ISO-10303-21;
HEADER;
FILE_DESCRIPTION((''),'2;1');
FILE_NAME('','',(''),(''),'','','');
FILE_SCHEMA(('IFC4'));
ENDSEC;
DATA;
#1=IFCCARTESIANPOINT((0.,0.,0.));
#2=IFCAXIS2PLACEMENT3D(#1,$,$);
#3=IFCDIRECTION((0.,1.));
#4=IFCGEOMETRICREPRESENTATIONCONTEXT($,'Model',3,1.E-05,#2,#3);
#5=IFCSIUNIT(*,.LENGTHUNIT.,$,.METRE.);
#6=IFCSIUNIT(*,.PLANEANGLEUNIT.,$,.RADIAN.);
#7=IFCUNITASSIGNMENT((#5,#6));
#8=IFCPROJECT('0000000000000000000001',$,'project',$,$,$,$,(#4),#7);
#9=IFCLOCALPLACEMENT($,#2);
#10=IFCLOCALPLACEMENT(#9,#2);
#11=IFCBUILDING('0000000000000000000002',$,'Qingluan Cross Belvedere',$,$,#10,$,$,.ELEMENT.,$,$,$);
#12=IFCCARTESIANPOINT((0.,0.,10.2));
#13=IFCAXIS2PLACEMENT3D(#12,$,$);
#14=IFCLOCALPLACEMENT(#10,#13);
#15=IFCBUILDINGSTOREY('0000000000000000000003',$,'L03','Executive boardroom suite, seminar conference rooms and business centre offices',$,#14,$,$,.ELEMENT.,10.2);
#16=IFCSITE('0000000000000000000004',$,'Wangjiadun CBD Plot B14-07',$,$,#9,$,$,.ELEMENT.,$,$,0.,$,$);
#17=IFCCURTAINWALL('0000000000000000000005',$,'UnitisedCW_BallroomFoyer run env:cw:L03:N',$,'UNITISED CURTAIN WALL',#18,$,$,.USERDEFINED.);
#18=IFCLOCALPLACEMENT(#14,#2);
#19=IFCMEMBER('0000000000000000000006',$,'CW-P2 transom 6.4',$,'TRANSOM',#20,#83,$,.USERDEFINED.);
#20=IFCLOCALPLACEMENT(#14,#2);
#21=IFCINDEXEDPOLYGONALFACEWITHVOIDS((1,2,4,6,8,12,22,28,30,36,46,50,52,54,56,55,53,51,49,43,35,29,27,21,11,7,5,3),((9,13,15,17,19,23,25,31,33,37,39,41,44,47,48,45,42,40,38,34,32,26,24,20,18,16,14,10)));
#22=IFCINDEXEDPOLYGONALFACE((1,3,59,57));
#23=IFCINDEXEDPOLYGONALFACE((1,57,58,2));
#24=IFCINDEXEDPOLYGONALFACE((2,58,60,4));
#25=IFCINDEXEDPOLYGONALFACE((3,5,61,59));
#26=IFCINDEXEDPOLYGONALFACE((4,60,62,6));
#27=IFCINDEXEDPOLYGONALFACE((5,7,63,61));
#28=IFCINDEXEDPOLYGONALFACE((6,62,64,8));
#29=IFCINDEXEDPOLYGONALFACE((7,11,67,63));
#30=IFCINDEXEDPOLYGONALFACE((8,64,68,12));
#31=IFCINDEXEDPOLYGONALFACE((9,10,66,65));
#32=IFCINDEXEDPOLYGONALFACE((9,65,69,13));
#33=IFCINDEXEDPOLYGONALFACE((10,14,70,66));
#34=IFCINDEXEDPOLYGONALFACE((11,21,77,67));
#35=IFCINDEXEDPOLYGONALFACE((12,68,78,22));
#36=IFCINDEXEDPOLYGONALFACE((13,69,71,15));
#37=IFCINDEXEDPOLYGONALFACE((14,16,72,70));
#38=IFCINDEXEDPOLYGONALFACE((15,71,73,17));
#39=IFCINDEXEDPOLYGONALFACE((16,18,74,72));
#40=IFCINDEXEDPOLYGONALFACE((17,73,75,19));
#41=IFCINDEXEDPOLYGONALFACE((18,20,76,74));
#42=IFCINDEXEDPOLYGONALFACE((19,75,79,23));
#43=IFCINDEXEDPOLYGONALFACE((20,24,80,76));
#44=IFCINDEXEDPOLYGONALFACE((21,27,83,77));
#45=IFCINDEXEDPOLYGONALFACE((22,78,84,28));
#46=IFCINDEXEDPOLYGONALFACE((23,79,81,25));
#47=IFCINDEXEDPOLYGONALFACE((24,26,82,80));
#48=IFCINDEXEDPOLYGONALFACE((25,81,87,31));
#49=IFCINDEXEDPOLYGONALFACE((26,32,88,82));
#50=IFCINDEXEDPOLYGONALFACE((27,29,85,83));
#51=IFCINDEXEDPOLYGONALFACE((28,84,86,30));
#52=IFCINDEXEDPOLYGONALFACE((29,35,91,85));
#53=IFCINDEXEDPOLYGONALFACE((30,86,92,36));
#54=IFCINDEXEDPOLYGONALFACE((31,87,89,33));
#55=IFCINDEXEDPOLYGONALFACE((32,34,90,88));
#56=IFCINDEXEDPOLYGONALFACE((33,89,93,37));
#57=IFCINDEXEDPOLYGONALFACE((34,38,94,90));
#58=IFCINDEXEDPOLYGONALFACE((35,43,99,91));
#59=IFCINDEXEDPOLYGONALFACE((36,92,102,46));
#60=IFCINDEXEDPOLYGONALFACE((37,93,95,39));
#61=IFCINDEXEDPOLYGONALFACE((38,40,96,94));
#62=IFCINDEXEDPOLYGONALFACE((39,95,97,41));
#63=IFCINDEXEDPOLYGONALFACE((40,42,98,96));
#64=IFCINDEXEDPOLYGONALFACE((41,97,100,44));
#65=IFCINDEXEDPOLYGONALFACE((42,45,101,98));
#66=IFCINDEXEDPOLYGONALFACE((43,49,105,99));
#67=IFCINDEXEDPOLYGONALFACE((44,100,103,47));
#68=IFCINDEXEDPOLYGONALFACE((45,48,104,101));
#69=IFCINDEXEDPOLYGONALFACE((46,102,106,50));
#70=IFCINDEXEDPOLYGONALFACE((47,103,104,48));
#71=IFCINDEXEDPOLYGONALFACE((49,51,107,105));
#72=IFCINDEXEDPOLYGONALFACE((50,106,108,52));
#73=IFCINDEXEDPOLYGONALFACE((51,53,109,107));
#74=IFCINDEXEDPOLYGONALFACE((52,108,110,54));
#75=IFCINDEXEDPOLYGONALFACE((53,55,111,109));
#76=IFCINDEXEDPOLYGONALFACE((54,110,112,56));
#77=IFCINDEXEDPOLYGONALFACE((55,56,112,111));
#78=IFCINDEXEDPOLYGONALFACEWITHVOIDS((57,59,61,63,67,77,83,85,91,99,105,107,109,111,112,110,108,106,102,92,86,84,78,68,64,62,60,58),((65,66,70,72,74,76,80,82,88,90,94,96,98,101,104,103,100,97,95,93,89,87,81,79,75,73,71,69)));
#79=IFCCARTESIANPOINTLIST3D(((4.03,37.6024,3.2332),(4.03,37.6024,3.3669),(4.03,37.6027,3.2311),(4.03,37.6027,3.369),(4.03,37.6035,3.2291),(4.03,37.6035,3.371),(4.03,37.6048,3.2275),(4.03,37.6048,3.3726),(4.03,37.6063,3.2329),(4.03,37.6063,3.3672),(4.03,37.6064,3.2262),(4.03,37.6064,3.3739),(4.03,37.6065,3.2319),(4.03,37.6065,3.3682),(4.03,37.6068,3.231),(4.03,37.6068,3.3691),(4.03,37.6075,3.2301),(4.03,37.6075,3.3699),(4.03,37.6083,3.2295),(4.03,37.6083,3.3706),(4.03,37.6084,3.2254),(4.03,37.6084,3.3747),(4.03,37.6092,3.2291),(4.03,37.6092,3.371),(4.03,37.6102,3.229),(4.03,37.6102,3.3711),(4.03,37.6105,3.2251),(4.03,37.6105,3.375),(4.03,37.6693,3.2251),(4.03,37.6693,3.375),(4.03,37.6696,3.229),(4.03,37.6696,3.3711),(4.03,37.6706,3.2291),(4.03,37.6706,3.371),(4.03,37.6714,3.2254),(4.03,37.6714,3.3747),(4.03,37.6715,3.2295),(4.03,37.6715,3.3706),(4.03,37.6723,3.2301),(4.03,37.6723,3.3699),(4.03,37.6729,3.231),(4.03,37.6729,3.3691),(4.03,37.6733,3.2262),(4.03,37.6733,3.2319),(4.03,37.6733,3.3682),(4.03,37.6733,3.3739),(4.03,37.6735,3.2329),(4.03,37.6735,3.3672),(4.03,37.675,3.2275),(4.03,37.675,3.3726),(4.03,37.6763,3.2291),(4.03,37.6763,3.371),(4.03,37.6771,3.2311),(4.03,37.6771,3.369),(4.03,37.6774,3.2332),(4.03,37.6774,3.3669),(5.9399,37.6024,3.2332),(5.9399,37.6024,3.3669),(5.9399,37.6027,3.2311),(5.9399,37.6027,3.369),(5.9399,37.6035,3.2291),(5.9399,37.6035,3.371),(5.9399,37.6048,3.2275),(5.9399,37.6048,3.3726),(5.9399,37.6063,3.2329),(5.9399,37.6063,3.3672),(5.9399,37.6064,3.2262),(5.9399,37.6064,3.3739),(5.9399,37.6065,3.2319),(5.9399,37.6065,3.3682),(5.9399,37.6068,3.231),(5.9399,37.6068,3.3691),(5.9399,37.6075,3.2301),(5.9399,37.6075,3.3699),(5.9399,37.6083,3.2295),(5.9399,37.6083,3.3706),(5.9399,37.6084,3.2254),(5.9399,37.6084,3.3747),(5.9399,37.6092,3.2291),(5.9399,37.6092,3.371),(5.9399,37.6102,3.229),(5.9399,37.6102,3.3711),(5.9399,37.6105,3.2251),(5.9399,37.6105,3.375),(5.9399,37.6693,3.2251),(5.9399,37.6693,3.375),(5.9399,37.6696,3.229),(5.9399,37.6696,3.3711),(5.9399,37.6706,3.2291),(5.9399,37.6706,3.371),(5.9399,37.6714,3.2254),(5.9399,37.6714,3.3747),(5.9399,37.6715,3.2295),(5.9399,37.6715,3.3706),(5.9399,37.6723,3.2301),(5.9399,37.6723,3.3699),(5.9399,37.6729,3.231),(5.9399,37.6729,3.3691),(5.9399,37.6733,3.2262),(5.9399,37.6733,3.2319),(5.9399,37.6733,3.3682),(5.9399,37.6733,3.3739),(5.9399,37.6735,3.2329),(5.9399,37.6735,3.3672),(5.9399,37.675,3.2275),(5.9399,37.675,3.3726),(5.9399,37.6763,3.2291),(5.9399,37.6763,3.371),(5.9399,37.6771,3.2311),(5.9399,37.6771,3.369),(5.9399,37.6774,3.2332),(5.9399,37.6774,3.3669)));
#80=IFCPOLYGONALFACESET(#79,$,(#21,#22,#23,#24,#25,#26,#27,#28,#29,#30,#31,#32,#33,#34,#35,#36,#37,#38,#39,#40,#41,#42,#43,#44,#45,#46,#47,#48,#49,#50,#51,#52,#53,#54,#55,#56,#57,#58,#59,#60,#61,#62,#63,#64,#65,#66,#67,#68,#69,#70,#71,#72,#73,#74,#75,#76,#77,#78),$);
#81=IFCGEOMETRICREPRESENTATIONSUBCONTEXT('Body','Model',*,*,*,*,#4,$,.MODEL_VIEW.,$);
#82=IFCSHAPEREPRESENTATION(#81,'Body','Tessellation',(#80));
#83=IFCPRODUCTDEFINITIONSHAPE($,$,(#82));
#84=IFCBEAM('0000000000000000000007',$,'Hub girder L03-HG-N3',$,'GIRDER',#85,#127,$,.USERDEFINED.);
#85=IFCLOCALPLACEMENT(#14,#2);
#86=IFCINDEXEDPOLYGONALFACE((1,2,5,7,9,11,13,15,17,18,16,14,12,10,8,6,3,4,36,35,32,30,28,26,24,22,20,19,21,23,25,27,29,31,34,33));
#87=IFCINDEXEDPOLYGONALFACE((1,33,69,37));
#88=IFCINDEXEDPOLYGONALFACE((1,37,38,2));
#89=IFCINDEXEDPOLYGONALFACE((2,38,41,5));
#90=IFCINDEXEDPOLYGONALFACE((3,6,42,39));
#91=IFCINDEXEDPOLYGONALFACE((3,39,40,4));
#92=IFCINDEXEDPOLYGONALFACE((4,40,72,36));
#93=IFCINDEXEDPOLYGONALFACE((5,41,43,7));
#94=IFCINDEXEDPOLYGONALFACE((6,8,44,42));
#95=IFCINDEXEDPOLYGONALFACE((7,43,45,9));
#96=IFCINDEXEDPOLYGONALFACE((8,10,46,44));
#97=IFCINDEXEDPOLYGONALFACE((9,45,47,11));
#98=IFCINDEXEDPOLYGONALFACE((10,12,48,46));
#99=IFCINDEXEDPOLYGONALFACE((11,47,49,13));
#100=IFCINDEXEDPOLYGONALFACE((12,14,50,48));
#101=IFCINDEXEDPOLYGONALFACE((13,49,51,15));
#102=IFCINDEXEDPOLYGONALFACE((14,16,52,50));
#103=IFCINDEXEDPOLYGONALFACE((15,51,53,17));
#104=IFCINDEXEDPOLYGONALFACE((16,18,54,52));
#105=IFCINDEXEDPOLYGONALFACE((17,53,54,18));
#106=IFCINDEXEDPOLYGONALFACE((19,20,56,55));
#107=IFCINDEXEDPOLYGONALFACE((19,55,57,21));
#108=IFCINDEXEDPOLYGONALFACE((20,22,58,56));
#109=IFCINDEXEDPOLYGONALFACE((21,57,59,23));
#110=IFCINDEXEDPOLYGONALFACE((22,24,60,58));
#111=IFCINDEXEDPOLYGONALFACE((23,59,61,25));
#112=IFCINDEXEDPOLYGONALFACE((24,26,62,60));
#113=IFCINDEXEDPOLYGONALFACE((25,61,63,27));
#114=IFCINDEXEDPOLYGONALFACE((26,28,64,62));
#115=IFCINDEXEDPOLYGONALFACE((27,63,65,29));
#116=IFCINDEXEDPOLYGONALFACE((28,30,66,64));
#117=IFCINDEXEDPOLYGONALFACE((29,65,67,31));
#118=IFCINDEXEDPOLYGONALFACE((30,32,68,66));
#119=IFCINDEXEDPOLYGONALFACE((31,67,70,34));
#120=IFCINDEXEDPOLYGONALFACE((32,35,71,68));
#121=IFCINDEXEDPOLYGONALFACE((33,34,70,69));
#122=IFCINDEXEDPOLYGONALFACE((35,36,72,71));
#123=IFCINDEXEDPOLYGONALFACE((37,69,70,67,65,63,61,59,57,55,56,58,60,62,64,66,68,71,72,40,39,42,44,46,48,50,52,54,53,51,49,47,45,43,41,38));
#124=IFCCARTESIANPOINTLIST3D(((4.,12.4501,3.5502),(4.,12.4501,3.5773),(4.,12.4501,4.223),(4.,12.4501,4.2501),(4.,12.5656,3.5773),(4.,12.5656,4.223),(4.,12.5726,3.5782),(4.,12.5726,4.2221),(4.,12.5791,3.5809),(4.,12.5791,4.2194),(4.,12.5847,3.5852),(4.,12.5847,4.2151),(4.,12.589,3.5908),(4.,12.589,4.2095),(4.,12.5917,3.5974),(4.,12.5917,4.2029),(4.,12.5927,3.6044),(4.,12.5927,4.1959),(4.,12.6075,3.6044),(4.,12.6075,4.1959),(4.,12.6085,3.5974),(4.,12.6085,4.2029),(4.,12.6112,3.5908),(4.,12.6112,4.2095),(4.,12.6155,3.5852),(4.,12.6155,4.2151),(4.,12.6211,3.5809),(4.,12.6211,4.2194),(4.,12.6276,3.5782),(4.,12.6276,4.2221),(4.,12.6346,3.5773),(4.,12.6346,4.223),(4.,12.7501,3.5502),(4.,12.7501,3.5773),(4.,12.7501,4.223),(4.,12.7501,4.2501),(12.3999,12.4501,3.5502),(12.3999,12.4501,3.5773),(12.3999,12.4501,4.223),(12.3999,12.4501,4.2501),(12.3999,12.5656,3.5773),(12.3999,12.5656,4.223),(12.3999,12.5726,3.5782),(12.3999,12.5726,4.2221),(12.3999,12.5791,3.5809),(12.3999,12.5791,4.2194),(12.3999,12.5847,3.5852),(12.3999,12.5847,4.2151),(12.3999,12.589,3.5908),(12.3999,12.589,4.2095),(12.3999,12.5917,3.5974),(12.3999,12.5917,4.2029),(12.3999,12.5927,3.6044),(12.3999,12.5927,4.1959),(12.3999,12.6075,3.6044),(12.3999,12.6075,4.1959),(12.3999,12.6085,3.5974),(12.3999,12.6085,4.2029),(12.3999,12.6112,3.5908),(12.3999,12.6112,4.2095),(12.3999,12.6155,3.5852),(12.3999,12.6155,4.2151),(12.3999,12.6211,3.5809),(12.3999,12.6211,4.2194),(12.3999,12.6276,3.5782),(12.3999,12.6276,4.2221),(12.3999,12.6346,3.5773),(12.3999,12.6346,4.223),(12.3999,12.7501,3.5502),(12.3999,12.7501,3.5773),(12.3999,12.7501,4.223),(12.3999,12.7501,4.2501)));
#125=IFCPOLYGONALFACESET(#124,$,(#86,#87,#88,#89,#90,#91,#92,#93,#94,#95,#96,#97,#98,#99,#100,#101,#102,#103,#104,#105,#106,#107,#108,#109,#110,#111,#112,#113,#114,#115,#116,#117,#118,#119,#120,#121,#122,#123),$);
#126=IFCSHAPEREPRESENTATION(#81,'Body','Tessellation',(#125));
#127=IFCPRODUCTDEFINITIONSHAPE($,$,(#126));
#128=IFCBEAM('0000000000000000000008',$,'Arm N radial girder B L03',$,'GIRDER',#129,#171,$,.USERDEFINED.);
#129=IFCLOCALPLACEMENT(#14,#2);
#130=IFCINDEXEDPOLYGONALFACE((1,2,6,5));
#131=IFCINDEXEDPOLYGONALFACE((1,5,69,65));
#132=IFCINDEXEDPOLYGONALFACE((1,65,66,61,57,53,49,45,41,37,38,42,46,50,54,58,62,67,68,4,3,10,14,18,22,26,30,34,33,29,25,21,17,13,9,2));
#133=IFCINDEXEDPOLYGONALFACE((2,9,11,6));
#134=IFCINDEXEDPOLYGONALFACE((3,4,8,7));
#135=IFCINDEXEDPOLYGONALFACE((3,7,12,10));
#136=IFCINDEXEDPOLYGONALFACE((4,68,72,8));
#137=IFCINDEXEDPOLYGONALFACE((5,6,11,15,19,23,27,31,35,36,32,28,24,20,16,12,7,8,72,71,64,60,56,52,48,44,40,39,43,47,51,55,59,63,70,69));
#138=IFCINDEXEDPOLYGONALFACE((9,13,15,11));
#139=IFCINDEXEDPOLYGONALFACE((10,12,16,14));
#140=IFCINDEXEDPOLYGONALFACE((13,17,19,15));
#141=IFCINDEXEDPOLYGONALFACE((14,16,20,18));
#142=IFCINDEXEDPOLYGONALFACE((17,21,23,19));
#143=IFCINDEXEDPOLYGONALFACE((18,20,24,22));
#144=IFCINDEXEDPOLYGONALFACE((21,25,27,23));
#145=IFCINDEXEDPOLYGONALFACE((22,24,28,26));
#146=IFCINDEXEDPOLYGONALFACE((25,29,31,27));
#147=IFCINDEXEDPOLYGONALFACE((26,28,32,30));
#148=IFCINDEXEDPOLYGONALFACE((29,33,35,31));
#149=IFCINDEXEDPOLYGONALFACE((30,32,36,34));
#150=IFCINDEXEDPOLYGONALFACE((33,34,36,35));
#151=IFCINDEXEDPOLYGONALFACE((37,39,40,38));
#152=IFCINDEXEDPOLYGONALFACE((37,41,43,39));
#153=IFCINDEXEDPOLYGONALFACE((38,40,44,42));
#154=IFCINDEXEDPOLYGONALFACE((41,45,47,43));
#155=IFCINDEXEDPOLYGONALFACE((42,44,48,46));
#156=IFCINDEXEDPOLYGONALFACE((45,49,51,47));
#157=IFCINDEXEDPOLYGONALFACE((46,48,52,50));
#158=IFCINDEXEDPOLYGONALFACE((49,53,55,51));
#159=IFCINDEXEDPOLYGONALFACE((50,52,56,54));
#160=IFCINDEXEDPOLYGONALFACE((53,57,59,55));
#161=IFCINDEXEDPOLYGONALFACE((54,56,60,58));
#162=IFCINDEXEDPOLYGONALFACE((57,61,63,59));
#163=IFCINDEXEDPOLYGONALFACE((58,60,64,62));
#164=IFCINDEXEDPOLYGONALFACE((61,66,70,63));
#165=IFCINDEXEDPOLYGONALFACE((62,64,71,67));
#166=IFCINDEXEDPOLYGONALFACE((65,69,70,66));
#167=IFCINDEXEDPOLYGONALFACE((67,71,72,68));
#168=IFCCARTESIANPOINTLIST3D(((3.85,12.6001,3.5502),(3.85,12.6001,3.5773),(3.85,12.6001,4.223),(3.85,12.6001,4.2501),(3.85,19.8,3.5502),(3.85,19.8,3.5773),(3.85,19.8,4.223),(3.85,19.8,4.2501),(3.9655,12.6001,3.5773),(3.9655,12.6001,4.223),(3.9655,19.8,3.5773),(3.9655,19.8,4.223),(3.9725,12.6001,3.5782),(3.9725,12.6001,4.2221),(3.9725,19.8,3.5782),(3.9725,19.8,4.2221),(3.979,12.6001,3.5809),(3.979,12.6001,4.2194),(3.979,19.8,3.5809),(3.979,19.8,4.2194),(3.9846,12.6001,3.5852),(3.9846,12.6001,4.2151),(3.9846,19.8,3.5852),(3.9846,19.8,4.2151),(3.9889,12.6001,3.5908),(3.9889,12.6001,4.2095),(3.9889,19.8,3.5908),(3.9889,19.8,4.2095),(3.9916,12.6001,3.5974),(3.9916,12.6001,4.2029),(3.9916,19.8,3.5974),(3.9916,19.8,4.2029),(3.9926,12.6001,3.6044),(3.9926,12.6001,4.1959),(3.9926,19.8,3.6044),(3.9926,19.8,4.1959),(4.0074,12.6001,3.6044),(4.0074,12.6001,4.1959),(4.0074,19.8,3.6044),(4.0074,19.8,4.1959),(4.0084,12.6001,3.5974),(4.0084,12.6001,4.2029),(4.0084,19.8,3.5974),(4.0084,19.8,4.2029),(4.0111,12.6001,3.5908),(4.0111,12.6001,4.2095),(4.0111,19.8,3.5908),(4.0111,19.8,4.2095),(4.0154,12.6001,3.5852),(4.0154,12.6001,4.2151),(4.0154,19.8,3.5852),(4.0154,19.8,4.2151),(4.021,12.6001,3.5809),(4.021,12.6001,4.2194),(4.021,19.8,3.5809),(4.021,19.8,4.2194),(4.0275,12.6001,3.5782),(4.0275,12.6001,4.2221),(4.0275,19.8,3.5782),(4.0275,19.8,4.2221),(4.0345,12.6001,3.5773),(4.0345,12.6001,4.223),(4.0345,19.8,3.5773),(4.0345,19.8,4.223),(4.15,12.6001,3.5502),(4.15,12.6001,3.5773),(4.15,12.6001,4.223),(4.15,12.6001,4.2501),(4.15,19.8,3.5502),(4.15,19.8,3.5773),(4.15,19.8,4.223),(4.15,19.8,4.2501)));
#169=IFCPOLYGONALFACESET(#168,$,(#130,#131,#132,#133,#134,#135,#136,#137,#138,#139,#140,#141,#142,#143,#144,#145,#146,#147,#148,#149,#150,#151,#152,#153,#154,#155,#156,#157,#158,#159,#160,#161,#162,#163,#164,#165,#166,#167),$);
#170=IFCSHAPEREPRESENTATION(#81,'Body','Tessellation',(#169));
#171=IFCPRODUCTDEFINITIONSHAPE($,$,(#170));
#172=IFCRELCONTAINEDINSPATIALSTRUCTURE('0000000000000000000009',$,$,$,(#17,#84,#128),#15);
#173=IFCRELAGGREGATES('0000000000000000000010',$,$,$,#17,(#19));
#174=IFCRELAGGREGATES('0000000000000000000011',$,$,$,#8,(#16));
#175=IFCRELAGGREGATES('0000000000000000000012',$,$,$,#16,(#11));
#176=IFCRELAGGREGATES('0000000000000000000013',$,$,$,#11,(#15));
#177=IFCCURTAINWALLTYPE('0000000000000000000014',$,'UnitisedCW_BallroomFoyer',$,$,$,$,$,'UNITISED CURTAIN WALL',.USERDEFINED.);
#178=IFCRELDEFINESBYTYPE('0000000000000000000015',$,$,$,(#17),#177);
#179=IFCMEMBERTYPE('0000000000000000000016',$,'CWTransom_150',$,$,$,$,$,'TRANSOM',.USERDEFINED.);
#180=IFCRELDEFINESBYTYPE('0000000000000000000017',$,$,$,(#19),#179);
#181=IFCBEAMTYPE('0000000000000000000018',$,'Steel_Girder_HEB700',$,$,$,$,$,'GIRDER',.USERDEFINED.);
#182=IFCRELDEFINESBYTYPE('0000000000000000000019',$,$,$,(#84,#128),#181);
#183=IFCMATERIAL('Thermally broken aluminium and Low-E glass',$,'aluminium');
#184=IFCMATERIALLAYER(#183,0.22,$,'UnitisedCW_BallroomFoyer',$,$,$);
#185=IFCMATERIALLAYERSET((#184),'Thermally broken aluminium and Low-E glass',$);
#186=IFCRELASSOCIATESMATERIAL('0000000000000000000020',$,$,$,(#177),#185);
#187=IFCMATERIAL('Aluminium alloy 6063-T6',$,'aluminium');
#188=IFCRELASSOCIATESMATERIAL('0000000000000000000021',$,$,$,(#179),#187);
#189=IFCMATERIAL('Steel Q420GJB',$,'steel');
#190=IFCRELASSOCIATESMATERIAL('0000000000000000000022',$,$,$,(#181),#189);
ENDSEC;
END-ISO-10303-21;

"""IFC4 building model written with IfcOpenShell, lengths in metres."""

from ifc_helpers import new_model, si_unit, direction, frame, origin, origin_2d, place, context, subcontext, project, spatial, hollow_rectangle, i_section, extrude, material, layer, layer_set, material_profile, profile_set, type_object, element, aggregate, save


model = new_model("IFC4")

# Units and contexts
model_context = context("Model", 3, precision=1e-05, world=origin(), true_north=direction((0.0, 1.0)))
body_context = subcontext(model_context, "Body", "Model", "MODEL_VIEW")
ifc_project = project(units=[si_unit("LENGTHUNIT", "METRE"), si_unit("PLANEANGLEUNIT", "RADIAN")], contexts=[model_context])

# Site, building, storey
site_placement = place(None, origin())
site = spatial("IfcSite", under=ifc_project, at=site_placement, Name="Wangjiadun CBD Plot B14-07", CompositionType="ELEMENT", RefElevation=0.0)
building_placement = place(site_placement, origin())
building = spatial("IfcBuilding", under=site, at=building_placement, Name="Qingluan Cross Belvedere", CompositionType="ELEMENT")
storey_placement = place(building_placement, frame((0.0, 0.0, 10.2)))
storey = spatial("IfcBuildingStorey", under=building, at=storey_placement, Name="L03", Description="Executive boardroom suite, seminar conference rooms and business centre offices", CompositionType="ELEMENT", Elevation=10.2)

# Curtain wall, member
ifc_material_1 = material(Name="Thermally broken aluminium and Low-E glass", Category="aluminium")
ifc_layer_1 = layer(ifc_material_1, 0.22, Name="UnitisedCW_BallroomFoyer")
ifc_layer_set_1 = layer_set([ifc_layer_1], Name="Thermally broken aluminium and Low-E glass")
curtain_wall_type = type_object("IfcCurtainWallType", Name="UnitisedCW_BallroomFoyer", ElementType="UNITISED CURTAIN WALL", PredefinedType="USERDEFINED", material=ifc_layer_set_1)
curtain_wall_placement = place(storey_placement, origin())
curtain_wall = element("IfcCurtainWall", 1, at=curtain_wall_placement, inside=storey, type_object=curtain_wall_type, Name="UnitisedCW_BallroomFoyer run env:cw:L03:N", ObjectType="UNITISED CURTAIN WALL", PredefinedType="USERDEFINED")
ifc_material_2 = material(Name="Aluminium alloy 6063-T6", Category="aluminium")
ifc_material_profile_1 = material_profile(ifc_material_2, hollow_rectangle(XDim=0.075, YDim=0.1499, WallThickness=0.0039, InnerFilletRadius=0.0039, OuterFilletRadius=0.0081, at=origin_2d()), Name="CWT150x75x4")
ifc_profile_set_1 = profile_set([ifc_material_profile_1], Name="Aluminium alloy 6063-T6")
member_type_1 = type_object("IfcMemberType", Name="CWTransom_150", ElementType="TRANSOM", PredefinedType="USERDEFINED", material=ifc_profile_set_1)
member_1_placement = place(storey_placement, frame((4.03, 37.6399, 3.3), z_axis=(1.0, 0.0, 0.0), x_axis=(0.0, 1.0, 0.0)))
member_1 = element("IfcMember", 2, at=member_1_placement, type_object=member_type_1, Name="CW-P2 transom 6.4", ObjectType="TRANSOM", PredefinedType="USERDEFINED", context=body_context, shape_type="SweptSolid", body=[
    extrude(hollow_rectangle(XDim=0.075, YDim=0.1499, WallThickness=0.0039, InnerFilletRadius=0.0039, OuterFilletRadius=0.0081, at=origin_2d()), origin(), (0.0, 0.0, 1.0), 1.9099),
])

# Beams
ifc_material_3 = material(Name="Steel Q420GJB", Category="steel")
ifc_material_profile_2 = material_profile(ifc_material_3, i_section(OverallWidth=0.3, OverallDepth=0.7, WebThickness=0.0149, FlangeThickness=0.0271, FilletRadius=0.0271, at=origin_2d()), Name="HEB700")
ifc_profile_set_2 = profile_set([ifc_material_profile_2], Name="Steel Q420GJB")
beam_type = type_object("IfcBeamType", Name="Steel_Girder_HEB700", ElementType="GIRDER", PredefinedType="USERDEFINED", material=ifc_profile_set_2)
beam_1_placement = place(storey_placement, frame((4.0, 12.6001, 3.9001), z_axis=(1.0, 0.0, 0.0), x_axis=(0.0, 1.0, 0.0)))
element("IfcBeam", 3, at=beam_1_placement, inside=storey, type_object=beam_type, Name="Hub girder L03-HG-N3", ObjectType="GIRDER", PredefinedType="USERDEFINED", context=body_context, shape_type="SweptSolid", body=[
    extrude(i_section(OverallWidth=0.3, OverallDepth=0.7, WebThickness=0.0149, FlangeThickness=0.0271, FilletRadius=0.0271, at=origin_2d()), origin(), (0.0, 0.0, 1.0), 8.3999),
])
beam_2_placement = place(storey_placement, frame((4.0, 12.6001, 3.9001), z_axis=(0.0, 1.0, 0.0), x_axis=(-1.0, 0.0, 0.0)))
element("IfcBeam", 4, at=beam_2_placement, inside=storey, type_object=beam_type, Name="Arm N radial girder B L03", ObjectType="GIRDER", PredefinedType="USERDEFINED", context=body_context, shape_type="SweptSolid", body=[
    extrude(i_section(OverallWidth=0.3, OverallDepth=0.7, WebThickness=0.0149, FlangeThickness=0.0271, FilletRadius=0.0271, at=origin_2d()), origin(), (0.0, 0.0, 1.0), 7.2),
])

aggregate(curtain_wall, [member_1])

save(model, "model.ifc")
